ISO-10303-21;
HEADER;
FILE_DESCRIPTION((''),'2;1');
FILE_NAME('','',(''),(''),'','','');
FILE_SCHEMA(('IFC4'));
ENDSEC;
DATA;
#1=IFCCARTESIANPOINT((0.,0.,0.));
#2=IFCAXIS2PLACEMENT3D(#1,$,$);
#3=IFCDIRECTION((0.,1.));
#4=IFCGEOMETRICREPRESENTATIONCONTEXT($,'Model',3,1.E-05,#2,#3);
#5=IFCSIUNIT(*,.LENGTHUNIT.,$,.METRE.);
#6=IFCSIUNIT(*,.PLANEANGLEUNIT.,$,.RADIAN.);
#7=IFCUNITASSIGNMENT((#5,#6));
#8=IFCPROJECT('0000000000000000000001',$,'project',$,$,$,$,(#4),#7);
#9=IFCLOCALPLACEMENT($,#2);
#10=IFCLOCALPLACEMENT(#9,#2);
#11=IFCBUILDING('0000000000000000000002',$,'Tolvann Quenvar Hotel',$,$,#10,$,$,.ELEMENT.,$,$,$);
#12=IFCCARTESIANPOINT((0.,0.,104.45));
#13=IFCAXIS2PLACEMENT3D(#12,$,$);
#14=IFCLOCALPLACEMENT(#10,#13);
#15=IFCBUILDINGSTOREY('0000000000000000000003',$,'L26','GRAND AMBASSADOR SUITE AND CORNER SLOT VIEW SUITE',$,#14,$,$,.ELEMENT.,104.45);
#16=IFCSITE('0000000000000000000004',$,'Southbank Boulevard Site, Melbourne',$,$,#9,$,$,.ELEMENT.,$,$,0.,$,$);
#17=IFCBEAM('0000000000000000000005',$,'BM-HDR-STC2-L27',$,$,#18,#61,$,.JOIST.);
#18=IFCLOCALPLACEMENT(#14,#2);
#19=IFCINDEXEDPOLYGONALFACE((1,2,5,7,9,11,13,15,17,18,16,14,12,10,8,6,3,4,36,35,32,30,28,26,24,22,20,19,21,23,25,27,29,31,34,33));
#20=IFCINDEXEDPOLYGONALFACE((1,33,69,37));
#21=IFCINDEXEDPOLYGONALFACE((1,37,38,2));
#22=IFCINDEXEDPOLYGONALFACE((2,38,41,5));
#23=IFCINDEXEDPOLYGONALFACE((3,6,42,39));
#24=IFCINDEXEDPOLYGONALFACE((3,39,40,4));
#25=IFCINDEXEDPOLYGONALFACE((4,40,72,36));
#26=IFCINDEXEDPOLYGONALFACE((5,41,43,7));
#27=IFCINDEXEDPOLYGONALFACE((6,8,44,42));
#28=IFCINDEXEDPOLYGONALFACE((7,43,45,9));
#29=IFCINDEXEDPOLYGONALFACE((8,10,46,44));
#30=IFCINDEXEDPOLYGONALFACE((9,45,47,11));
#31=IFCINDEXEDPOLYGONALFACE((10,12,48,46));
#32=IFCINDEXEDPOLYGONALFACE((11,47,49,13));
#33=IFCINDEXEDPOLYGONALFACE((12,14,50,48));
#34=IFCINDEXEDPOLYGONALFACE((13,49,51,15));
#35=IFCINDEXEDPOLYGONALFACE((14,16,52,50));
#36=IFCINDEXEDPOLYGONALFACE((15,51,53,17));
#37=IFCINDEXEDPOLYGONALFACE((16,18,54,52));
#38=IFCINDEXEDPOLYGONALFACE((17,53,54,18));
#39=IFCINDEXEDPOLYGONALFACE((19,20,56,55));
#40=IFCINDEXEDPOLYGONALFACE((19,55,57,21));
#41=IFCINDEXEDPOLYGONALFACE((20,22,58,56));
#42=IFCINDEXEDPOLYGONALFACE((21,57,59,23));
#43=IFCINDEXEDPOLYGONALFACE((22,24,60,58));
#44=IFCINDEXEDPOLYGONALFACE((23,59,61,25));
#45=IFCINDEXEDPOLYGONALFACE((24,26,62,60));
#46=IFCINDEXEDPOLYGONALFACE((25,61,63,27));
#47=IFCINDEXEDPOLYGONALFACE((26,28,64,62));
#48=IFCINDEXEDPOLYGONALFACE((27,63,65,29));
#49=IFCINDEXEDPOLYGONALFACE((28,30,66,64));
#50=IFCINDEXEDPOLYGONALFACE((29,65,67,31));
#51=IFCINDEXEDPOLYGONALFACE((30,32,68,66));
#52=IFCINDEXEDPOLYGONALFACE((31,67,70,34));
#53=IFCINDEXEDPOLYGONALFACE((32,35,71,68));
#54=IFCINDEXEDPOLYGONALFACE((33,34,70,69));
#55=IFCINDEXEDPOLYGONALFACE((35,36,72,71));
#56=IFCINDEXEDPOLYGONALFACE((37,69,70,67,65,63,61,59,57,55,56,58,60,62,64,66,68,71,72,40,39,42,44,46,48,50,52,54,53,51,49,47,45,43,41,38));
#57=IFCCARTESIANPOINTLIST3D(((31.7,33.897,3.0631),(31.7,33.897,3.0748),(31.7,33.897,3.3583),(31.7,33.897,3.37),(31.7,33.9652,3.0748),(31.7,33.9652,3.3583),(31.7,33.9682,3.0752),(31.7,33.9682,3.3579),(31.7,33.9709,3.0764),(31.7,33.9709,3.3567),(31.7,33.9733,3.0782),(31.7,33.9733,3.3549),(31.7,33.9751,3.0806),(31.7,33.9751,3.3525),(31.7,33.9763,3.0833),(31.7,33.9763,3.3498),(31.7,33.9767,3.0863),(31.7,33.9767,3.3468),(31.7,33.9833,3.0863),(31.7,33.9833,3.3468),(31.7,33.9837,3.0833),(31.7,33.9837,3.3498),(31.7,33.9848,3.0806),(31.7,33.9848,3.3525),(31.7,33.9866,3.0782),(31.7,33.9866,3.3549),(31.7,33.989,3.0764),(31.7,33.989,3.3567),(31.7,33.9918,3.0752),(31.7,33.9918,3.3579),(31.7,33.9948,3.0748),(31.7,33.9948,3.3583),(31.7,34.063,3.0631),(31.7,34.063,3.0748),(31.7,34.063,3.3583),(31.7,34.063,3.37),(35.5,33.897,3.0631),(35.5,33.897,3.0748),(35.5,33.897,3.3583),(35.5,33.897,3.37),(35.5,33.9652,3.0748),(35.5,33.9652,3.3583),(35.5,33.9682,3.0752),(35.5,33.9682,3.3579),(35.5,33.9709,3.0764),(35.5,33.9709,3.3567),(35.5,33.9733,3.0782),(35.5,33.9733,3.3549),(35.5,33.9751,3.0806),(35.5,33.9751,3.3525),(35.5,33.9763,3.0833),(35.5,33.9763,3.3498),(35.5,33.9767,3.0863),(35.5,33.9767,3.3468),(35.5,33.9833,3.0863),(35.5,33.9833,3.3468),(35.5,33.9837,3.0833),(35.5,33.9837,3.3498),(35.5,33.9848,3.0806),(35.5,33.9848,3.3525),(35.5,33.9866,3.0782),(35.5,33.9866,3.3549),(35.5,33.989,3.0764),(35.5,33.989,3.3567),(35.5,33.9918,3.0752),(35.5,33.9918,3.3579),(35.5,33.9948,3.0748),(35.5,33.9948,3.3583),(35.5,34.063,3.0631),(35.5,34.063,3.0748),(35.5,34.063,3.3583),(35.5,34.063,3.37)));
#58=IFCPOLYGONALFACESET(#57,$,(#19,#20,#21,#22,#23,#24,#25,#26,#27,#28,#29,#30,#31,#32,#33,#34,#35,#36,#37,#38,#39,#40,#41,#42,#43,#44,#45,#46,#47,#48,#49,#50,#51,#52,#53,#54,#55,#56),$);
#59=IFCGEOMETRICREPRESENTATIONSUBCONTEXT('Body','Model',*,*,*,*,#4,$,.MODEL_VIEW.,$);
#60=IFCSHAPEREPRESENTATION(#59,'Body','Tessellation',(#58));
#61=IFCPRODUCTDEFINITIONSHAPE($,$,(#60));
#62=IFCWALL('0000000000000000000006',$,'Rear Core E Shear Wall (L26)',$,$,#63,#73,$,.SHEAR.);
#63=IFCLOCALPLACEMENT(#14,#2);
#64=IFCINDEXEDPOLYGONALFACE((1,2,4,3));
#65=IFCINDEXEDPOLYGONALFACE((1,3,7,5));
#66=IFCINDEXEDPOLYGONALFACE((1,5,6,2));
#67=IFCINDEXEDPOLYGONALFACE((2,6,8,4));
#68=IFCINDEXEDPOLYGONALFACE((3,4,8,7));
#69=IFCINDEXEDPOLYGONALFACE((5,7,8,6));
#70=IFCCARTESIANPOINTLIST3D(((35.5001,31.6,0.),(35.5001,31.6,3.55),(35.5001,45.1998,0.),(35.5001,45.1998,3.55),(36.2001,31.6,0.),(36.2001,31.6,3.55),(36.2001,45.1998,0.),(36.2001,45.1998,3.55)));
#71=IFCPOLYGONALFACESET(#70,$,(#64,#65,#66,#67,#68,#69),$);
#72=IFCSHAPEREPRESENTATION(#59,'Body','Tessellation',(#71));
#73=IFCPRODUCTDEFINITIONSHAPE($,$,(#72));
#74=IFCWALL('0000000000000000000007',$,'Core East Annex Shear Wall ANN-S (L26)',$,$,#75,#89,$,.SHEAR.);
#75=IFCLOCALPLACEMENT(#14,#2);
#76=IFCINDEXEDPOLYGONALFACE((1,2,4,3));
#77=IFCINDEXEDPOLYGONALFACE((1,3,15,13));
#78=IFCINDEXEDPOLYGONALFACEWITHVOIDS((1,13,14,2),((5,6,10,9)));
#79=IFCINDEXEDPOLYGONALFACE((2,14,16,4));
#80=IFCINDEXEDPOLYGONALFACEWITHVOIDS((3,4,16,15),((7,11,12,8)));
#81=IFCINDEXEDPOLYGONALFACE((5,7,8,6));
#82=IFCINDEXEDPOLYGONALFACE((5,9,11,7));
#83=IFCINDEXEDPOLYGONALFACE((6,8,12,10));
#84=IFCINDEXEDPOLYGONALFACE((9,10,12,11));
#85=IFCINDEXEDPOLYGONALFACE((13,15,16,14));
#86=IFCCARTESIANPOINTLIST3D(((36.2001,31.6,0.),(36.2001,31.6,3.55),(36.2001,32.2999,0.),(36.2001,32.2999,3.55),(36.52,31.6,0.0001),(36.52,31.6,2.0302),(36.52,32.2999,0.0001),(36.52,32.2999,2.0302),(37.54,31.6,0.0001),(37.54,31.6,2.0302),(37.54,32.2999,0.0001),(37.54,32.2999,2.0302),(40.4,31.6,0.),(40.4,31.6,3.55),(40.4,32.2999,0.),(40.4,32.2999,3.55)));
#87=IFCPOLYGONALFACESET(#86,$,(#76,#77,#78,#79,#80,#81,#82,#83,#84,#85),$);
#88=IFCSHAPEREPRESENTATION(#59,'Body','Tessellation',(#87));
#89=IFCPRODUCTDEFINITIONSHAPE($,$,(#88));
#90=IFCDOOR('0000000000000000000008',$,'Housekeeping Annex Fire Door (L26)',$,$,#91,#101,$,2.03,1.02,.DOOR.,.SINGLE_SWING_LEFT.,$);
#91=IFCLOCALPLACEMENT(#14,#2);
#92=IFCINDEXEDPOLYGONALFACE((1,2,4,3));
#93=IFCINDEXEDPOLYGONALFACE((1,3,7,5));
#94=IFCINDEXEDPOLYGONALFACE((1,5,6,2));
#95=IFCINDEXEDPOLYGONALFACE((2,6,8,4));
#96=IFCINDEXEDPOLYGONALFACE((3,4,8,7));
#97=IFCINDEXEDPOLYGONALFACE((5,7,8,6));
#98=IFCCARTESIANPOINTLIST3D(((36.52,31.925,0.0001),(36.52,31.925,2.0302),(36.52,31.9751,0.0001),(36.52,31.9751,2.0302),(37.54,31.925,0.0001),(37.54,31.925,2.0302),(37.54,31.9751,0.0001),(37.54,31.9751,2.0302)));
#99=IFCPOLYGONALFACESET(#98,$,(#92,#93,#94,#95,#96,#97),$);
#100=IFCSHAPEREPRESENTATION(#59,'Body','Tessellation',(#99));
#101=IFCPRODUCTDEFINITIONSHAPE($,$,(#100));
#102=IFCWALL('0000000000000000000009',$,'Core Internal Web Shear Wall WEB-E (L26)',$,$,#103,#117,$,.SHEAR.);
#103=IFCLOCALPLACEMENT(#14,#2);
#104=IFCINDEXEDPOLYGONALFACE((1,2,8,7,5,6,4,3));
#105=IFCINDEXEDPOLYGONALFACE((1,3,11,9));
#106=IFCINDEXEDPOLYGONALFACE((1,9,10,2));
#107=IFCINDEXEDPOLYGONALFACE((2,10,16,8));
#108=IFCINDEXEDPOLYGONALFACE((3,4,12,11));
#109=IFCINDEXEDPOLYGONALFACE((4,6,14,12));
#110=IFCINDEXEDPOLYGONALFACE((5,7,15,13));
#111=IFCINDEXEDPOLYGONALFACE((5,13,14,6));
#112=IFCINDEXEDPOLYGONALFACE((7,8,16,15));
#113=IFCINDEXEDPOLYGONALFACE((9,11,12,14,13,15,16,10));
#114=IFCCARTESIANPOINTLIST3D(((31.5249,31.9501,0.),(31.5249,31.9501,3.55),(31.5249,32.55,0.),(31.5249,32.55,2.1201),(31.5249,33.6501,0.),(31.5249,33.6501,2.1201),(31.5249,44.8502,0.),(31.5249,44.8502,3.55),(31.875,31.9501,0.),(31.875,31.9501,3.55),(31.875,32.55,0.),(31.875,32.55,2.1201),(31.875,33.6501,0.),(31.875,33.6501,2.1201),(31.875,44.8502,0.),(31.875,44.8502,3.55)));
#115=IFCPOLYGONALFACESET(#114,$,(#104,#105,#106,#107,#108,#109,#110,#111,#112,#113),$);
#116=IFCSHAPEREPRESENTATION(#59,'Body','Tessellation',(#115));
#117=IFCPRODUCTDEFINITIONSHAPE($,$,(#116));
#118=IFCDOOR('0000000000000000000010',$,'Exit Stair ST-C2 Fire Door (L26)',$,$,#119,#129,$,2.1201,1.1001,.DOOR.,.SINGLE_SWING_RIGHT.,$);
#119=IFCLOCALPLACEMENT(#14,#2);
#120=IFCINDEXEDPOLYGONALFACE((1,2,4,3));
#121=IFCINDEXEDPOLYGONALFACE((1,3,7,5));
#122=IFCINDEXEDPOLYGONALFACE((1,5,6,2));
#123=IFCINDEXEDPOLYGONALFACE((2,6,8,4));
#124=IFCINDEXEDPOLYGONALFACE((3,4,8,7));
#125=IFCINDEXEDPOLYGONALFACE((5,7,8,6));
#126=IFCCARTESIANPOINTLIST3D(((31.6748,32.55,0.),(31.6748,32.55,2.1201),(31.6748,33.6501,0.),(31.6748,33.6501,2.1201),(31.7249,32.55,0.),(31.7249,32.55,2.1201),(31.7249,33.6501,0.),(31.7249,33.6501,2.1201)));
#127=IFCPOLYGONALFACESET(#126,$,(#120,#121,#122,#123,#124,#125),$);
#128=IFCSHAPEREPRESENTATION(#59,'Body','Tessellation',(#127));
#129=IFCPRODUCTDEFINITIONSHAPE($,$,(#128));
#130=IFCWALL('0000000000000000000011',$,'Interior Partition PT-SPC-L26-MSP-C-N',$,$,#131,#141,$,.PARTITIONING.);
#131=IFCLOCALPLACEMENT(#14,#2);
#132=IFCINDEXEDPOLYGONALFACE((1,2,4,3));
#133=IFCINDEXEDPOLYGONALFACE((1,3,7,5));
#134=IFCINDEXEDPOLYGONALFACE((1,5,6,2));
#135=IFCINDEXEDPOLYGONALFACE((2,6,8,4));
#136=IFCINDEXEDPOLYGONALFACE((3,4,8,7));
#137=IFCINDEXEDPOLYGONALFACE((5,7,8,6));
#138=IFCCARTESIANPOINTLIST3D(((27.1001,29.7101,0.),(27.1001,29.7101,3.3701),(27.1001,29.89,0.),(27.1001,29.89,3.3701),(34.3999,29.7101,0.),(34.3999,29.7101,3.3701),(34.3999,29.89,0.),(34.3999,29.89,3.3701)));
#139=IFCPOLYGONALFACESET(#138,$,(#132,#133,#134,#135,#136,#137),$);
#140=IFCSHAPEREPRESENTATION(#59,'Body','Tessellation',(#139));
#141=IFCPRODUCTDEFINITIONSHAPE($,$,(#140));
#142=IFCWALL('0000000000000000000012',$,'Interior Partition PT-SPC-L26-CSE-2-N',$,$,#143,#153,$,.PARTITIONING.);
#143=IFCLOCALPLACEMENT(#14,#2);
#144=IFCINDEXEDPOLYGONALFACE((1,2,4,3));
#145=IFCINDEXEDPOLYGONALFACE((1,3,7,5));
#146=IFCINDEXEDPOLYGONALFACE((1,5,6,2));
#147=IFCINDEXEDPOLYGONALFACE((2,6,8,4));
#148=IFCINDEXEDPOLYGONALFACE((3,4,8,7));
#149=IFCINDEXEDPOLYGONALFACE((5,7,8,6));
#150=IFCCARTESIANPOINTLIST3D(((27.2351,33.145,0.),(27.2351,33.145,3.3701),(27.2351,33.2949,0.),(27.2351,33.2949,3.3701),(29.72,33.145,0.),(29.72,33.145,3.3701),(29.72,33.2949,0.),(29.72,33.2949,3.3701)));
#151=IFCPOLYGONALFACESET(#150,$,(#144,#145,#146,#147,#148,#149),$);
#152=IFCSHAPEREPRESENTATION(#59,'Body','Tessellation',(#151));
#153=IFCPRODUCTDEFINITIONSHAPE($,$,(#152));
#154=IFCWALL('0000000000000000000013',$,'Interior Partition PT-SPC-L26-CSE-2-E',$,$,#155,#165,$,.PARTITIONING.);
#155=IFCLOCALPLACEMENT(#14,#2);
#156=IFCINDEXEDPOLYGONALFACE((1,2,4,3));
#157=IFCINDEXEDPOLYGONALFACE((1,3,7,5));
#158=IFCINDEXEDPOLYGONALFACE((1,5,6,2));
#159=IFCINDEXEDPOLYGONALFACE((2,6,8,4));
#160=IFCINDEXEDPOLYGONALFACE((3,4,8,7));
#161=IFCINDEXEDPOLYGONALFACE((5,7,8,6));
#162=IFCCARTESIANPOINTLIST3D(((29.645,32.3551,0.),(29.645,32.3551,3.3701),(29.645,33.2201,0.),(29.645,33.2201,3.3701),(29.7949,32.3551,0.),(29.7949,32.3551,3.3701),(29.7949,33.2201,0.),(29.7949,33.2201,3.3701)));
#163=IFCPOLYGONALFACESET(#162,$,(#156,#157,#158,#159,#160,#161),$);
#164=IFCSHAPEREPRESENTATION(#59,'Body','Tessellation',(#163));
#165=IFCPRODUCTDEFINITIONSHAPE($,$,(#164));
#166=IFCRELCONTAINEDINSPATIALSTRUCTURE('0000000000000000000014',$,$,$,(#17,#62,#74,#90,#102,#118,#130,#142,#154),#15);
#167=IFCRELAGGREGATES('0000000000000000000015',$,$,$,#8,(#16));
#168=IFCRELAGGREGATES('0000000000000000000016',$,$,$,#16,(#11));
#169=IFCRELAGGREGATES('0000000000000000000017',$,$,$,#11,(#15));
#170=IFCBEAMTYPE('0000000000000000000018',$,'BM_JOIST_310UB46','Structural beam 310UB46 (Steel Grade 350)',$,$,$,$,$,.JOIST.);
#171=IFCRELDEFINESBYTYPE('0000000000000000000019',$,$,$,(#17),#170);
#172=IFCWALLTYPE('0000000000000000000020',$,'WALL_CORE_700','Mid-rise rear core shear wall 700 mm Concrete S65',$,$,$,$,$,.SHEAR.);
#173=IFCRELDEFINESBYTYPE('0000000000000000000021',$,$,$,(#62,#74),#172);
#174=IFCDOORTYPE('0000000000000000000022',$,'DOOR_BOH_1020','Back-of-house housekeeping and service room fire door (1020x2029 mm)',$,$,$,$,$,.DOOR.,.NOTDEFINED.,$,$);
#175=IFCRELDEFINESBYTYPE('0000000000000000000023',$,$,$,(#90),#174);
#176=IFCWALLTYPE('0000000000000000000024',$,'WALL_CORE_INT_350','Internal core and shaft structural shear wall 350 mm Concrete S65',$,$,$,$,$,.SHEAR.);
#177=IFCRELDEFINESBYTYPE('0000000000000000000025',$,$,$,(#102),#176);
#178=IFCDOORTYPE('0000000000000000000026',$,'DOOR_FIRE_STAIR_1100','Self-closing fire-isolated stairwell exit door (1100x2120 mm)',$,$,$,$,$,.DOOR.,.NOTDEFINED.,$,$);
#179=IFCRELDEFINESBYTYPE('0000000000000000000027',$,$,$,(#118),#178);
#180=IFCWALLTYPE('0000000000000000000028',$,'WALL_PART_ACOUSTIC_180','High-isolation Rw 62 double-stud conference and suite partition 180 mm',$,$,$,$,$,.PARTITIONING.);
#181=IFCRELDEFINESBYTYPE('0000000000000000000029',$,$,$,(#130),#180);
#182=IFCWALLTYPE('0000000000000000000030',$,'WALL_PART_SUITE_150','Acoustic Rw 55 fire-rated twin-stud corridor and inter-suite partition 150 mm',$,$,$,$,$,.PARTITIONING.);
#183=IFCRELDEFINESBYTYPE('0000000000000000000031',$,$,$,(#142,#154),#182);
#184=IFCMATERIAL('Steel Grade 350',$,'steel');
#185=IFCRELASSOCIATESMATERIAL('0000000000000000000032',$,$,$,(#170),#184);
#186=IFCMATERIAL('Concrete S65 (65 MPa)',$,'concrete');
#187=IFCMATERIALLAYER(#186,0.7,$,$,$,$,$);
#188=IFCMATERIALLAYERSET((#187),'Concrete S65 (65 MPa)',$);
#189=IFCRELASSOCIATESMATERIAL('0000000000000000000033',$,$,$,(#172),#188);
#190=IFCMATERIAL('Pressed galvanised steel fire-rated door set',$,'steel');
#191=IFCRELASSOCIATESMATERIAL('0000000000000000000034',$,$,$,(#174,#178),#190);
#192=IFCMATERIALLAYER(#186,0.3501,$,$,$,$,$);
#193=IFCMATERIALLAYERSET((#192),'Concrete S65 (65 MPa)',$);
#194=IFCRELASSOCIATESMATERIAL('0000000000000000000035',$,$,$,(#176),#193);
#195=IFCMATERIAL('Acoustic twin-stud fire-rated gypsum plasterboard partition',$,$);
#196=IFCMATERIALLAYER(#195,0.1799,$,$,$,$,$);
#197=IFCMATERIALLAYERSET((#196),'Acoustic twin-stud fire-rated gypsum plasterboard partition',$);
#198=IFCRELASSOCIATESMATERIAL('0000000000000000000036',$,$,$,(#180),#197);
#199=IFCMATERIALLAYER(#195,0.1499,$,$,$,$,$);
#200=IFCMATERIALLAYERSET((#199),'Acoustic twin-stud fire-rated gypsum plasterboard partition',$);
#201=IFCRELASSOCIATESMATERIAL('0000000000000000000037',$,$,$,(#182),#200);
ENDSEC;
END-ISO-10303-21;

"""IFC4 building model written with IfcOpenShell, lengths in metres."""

from ifc_helpers import new_model, si_unit, direction, frame, frame_2d, origin, origin_2d, place, context, subcontext, project, spatial, rectangle, i_section, extrude, source, transform, mapped, material, layer, layer_set, material_profile, profile_set, type_object, type_shapes, element, fill, save


model = new_model("IFC4")

# Units and contexts
model_context = context("Model", 3, precision=1e-05, world=origin(), true_north=direction((0.0, 1.0)))
body_context = subcontext(model_context, "Body", "Model", "MODEL_VIEW")
ifc_project = project(units=[si_unit("LENGTHUNIT", "METRE"), si_unit("PLANEANGLEUNIT", "RADIAN")], contexts=[model_context])

# Site, building, storey
site_placement = place(None, origin())
site = spatial("IfcSite", under=ifc_project, at=site_placement, Name="Southbank Boulevard Site, Melbourne", CompositionType="ELEMENT", RefElevation=0.0)
building_placement = place(site_placement, origin())
building = spatial("IfcBuilding", under=site, at=building_placement, Name="Tolvann Quenvar Hotel", CompositionType="ELEMENT")
storey_placement = place(building_placement, frame((0.0, 0.0, 104.45)))
storey = spatial("IfcBuildingStorey", under=building, at=storey_placement, Name="L26", Description="GRAND AMBASSADOR SUITE AND CORNER SLOT VIEW SUITE", CompositionType="ELEMENT", Elevation=104.45)

# Beam
ifc_material_1 = material(Name="Steel Grade 350", Category="steel")
ifc_material_profile = material_profile(ifc_material_1, i_section(OverallWidth=0.166, OverallDepth=0.3069, WebThickness=0.0066, FlangeThickness=0.0117, FilletRadius=0.0115, at=origin_2d()), Name="310UB46")
ifc_profile_set = profile_set([ifc_material_profile], Name="Steel Grade 350")
beam_type = type_object("IfcBeamType", Name="BM_JOIST_310UB46", Description="Structural beam 310UB46 (Steel Grade 350)", PredefinedType="JOIST", material=ifc_profile_set)
shared_shape_1 = source(origin(), body_context, "Body", "SweptSolid", [
    extrude(i_section(OverallWidth=0.166, OverallDepth=0.3069, WebThickness=0.0066, FlangeThickness=0.0117, FilletRadius=0.0115, at=origin_2d()), origin(), (0.0, 0.0, 1.0), 3.8),
])
type_shapes(beam_type, [shared_shape_1])
beam_placement = place(storey_placement, frame((31.7, 33.98, 3.2166), z_axis=(1.0, 0.0, 0.0), x_axis=(0.0, 1.0, 0.0)))
element("IfcBeam", 1, at=beam_placement, inside=storey, type_object=beam_type, Name="BM-HDR-STC2-L27", PredefinedType="JOIST", context=body_context, shape_type="MappedRepresentation", body=[
    mapped(shared_shape_1, transform((0.0, 0.0, 0.0), x_axis=(1.0, 0.0, 0.0), y_axis=(0.0, 1.0, 0.0), z_axis=(0.0, 0.0, 1.0), scale=1.0)),
])

# Wall
ifc_material_2 = material(Name="Concrete S65 (65 MPa)", Category="concrete")
ifc_layer_1 = layer(ifc_material_2, 0.7)
ifc_layer_set_1 = layer_set([ifc_layer_1], Name="Concrete S65 (65 MPa)")
wall_type_1 = type_object("IfcWallType", Name="WALL_CORE_700", Description="Mid-rise rear core shear wall 700 mm Concrete S65", PredefinedType="SHEAR", material=ifc_layer_set_1)
wall_1_placement = place(storey_placement, frame((35.8501, 31.6001, 0.0), z_axis=(0.0, 0.0, 1.0), x_axis=(0.0, 1.0, 0.0)))
element("IfcWall", 2, at=wall_1_placement, inside=storey, type_object=wall_type_1, Name="Rear Core E Shear Wall (L26)", PredefinedType="SHEAR", context=body_context, shape_type="SweptSolid", body=[
    extrude(rectangle(XDim=13.5999, YDim=0.7, at=frame_2d((6.7998, 0.0))), origin(), (0.0, 0.0, 1.0), 3.55),
])

# Walls, openings, doors
wall_2_placement = place(storey_placement, frame((36.2, 31.95, 0.0), z_axis=(0.0, 0.0, 1.0), x_axis=(1.0, 0.0, 0.0)))
wall_2 = element("IfcWall", 3, at=wall_2_placement, inside=storey, type_object=wall_type_1, Name="Core East Annex Shear Wall ANN-S (L26)", PredefinedType="SHEAR", context=body_context, shape_type="SweptSolid", body=[
    extrude(rectangle(XDim=4.2, YDim=0.7, at=frame_2d((2.1001, 0.0))), origin(), (0.0, 0.0, 1.0), 3.55),
])
opening_1_placement = place(wall_2_placement, frame((1.3401, 0.0, 0.0), z_axis=(0.0, 0.0, 1.0), x_axis=(-1.0, 0.0, 0.0)))
opening_1 = element("IfcOpeningElement", 4, at=opening_1_placement, cuts=wall_2, PredefinedType="OPENING", context=body_context, shape_type="SweptSolid", body=[
    extrude(rectangle(XDim=1.02, YDim=2.03, at=frame_2d((0.51, 1.0151))), frame((0.0, 0.3599, 0.0), z_axis=(0.0, -1.0, 0.0), x_axis=(1.0, 0.0, 0.0)), (0.0, 0.0, 1.0), 0.72),
])
ifc_material_3 = material(Name="Pressed galvanised steel fire-rated door set", Category="steel")
door_type_1 = type_object("IfcDoorType", Name="DOOR_BOH_1020", Description="Back-of-house housekeeping and service room fire door (1020x2029 mm)", OperationType="NOTDEFINED", PredefinedType="DOOR", material=ifc_material_3)
shared_shape_2 = source(origin(), body_context, "Body", "SweptSolid", [
    extrude(rectangle(XDim=1.02, YDim=2.03, at=frame_2d((0.51, 1.0151))), frame((0.0, 0.0249, 0.0), z_axis=(0.0, -1.0, 0.0), x_axis=(1.0, 0.0, 0.0)), (0.0, 0.0, 1.0), 0.05),
])
type_shapes(door_type_1, [shared_shape_2])
door_1_placement = place(opening_1_placement, origin())
door_1 = element("IfcDoor", 5, at=door_1_placement, inside=storey, type_object=door_type_1, Name="Housekeeping Annex Fire Door (L26)", OperationType="SINGLE_SWING_LEFT", OverallHeight=2.03, OverallWidth=1.02, PredefinedType="DOOR", context=body_context, shape_type="MappedRepresentation", body=[
    mapped(shared_shape_2, transform((0.0, 0.0, 0.0), x_axis=(1.0, 0.0, 0.0), y_axis=(0.0, 1.0, 0.0), z_axis=(0.0, 0.0, 1.0), scale=1.0)),
])
fill(opening_1, door_1)
ifc_layer_2 = layer(ifc_material_2, 0.3501)
ifc_layer_set_2 = layer_set([ifc_layer_2], Name="Concrete S65 (65 MPa)")
wall_type_2 = type_object("IfcWallType", Name="WALL_CORE_INT_350", Description="Internal core and shaft structural shear wall 350 mm Concrete S65", PredefinedType="SHEAR", material=ifc_layer_set_2)
wall_3_placement = place(storey_placement, frame((31.7, 31.95, 0.0), z_axis=(0.0, 0.0, 1.0), x_axis=(0.0, 1.0, 0.0)))
wall_3 = element("IfcWall", 6, at=wall_3_placement, inside=storey, type_object=wall_type_2, Name="Core Internal Web Shear Wall WEB-E (L26)", PredefinedType="SHEAR", context=body_context, shape_type="SweptSolid", body=[
    extrude(rectangle(XDim=12.9001, YDim=0.3501, at=frame_2d((6.4502, 0.0))), origin(), (0.0, 0.0, 1.0), 3.55),
])
opening_2_placement = place(wall_3_placement, frame((1.7002, 0.0, 0.0), z_axis=(0.0, 0.0, 1.0), x_axis=(-1.0, 0.0, 0.0)))
opening_2 = element("IfcOpeningElement", 7, at=opening_2_placement, cuts=wall_3, PredefinedType="OPENING", context=body_context, shape_type="SweptSolid", body=[
    extrude(rectangle(XDim=1.1001, YDim=2.1201, at=frame_2d((0.55, 1.0601))), frame((0.0, 0.1851, 0.0), z_axis=(0.0, -1.0, 0.0), x_axis=(1.0, 0.0, 0.0)), (0.0, 0.0, 1.0), 0.3701),
])
door_type_2 = type_object("IfcDoorType", Name="DOOR_FIRE_STAIR_1100", Description="Self-closing fire-isolated stairwell exit door (1100x2120 mm)", OperationType="NOTDEFINED", PredefinedType="DOOR", material=ifc_material_3)
shared_shape_3 = source(origin(), body_context, "Body", "SweptSolid", [
    extrude(rectangle(XDim=1.1001, YDim=2.1201, at=frame_2d((0.55, 1.0601))), frame((0.0, 0.0249, 0.0), z_axis=(0.0, -1.0, 0.0), x_axis=(1.0, 0.0, 0.0)), (0.0, 0.0, 1.0), 0.05),
])
type_shapes(door_type_2, [shared_shape_3])
door_2_placement = place(opening_2_placement, origin())
door_2 = element("IfcDoor", 8, at=door_2_placement, inside=storey, type_object=door_type_2, Name="Exit Stair ST-C2 Fire Door (L26)", OperationType="SINGLE_SWING_RIGHT", OverallHeight=2.1201, OverallWidth=1.1001, PredefinedType="DOOR", context=body_context, shape_type="MappedRepresentation", body=[
    mapped(shared_shape_3, transform((0.0, 0.0, 0.0), x_axis=(1.0, 0.0, 0.0), y_axis=(0.0, 1.0, 0.0), z_axis=(0.0, 0.0, 1.0), scale=1.0)),
])
fill(opening_2, door_2)

# Walls
ifc_material_4 = material(Name="Acoustic twin-stud fire-rated gypsum plasterboard partition")
ifc_layer_3 = layer(ifc_material_4, 0.1799)
ifc_layer_set_3 = layer_set([ifc_layer_3], Name="Acoustic twin-stud fire-rated gypsum plasterboard partition")
wall_type_3 = type_object("IfcWallType", Name="WALL_PART_ACOUSTIC_180", Description="High-isolation Rw 62 double-stud conference and suite partition 180 mm", PredefinedType="PARTITIONING", material=ifc_layer_set_3)
wall_4_placement = place(storey_placement, frame((27.1001, 29.8, 0.0), z_axis=(0.0, 0.0, 1.0), x_axis=(1.0, 0.0, 0.0)))
element("IfcWall", 9, at=wall_4_placement, inside=storey, type_object=wall_type_3, Name="Interior Partition PT-SPC-L26-MSP-C-N", PredefinedType="PARTITIONING", context=body_context, shape_type="SweptSolid", body=[
    extrude(rectangle(XDim=7.2998, YDim=0.1799, at=frame_2d((3.6499, 0.0))), origin(), (0.0, 0.0, 1.0), 3.3701),
])
ifc_layer_4 = layer(ifc_material_4, 0.1499)
ifc_layer_set_4 = layer_set([ifc_layer_4], Name="Acoustic twin-stud fire-rated gypsum plasterboard partition")
wall_type_4 = type_object("IfcWallType", Name="WALL_PART_SUITE_150", Description="Acoustic Rw 55 fire-rated twin-stud corridor and inter-suite partition 150 mm", PredefinedType="PARTITIONING", material=ifc_layer_set_4)
wall_5_placement = place(storey_placement, frame((27.2351, 33.22, 0.0), z_axis=(0.0, 0.0, 1.0), x_axis=(1.0, 0.0, 0.0)))
element("IfcWall", 10, at=wall_5_placement, inside=storey, type_object=wall_type_4, Name="Interior Partition PT-SPC-L26-CSE-2-N", PredefinedType="PARTITIONING", context=body_context, shape_type="SweptSolid", body=[
    extrude(rectangle(XDim=2.4849, YDim=0.1499, at=frame_2d((1.2424, 0.0))), origin(), (0.0, 0.0, 1.0), 3.3701),
])
wall_6_placement = place(storey_placement, frame((29.72, 32.355, 0.0), z_axis=(0.0, 0.0, 1.0), x_axis=(0.0, 1.0, 0.0)))
element("IfcWall", 11, at=wall_6_placement, inside=storey, type_object=wall_type_4, Name="Interior Partition PT-SPC-L26-CSE-2-E", PredefinedType="PARTITIONING", context=body_context, shape_type="SweptSolid", body=[
    extrude(rectangle(XDim=0.865, YDim=0.1499, at=frame_2d((0.4326, 0.0))), origin(), (0.0, 0.0, 1.0), 3.3701),
])

save(model, "model.ifc")
